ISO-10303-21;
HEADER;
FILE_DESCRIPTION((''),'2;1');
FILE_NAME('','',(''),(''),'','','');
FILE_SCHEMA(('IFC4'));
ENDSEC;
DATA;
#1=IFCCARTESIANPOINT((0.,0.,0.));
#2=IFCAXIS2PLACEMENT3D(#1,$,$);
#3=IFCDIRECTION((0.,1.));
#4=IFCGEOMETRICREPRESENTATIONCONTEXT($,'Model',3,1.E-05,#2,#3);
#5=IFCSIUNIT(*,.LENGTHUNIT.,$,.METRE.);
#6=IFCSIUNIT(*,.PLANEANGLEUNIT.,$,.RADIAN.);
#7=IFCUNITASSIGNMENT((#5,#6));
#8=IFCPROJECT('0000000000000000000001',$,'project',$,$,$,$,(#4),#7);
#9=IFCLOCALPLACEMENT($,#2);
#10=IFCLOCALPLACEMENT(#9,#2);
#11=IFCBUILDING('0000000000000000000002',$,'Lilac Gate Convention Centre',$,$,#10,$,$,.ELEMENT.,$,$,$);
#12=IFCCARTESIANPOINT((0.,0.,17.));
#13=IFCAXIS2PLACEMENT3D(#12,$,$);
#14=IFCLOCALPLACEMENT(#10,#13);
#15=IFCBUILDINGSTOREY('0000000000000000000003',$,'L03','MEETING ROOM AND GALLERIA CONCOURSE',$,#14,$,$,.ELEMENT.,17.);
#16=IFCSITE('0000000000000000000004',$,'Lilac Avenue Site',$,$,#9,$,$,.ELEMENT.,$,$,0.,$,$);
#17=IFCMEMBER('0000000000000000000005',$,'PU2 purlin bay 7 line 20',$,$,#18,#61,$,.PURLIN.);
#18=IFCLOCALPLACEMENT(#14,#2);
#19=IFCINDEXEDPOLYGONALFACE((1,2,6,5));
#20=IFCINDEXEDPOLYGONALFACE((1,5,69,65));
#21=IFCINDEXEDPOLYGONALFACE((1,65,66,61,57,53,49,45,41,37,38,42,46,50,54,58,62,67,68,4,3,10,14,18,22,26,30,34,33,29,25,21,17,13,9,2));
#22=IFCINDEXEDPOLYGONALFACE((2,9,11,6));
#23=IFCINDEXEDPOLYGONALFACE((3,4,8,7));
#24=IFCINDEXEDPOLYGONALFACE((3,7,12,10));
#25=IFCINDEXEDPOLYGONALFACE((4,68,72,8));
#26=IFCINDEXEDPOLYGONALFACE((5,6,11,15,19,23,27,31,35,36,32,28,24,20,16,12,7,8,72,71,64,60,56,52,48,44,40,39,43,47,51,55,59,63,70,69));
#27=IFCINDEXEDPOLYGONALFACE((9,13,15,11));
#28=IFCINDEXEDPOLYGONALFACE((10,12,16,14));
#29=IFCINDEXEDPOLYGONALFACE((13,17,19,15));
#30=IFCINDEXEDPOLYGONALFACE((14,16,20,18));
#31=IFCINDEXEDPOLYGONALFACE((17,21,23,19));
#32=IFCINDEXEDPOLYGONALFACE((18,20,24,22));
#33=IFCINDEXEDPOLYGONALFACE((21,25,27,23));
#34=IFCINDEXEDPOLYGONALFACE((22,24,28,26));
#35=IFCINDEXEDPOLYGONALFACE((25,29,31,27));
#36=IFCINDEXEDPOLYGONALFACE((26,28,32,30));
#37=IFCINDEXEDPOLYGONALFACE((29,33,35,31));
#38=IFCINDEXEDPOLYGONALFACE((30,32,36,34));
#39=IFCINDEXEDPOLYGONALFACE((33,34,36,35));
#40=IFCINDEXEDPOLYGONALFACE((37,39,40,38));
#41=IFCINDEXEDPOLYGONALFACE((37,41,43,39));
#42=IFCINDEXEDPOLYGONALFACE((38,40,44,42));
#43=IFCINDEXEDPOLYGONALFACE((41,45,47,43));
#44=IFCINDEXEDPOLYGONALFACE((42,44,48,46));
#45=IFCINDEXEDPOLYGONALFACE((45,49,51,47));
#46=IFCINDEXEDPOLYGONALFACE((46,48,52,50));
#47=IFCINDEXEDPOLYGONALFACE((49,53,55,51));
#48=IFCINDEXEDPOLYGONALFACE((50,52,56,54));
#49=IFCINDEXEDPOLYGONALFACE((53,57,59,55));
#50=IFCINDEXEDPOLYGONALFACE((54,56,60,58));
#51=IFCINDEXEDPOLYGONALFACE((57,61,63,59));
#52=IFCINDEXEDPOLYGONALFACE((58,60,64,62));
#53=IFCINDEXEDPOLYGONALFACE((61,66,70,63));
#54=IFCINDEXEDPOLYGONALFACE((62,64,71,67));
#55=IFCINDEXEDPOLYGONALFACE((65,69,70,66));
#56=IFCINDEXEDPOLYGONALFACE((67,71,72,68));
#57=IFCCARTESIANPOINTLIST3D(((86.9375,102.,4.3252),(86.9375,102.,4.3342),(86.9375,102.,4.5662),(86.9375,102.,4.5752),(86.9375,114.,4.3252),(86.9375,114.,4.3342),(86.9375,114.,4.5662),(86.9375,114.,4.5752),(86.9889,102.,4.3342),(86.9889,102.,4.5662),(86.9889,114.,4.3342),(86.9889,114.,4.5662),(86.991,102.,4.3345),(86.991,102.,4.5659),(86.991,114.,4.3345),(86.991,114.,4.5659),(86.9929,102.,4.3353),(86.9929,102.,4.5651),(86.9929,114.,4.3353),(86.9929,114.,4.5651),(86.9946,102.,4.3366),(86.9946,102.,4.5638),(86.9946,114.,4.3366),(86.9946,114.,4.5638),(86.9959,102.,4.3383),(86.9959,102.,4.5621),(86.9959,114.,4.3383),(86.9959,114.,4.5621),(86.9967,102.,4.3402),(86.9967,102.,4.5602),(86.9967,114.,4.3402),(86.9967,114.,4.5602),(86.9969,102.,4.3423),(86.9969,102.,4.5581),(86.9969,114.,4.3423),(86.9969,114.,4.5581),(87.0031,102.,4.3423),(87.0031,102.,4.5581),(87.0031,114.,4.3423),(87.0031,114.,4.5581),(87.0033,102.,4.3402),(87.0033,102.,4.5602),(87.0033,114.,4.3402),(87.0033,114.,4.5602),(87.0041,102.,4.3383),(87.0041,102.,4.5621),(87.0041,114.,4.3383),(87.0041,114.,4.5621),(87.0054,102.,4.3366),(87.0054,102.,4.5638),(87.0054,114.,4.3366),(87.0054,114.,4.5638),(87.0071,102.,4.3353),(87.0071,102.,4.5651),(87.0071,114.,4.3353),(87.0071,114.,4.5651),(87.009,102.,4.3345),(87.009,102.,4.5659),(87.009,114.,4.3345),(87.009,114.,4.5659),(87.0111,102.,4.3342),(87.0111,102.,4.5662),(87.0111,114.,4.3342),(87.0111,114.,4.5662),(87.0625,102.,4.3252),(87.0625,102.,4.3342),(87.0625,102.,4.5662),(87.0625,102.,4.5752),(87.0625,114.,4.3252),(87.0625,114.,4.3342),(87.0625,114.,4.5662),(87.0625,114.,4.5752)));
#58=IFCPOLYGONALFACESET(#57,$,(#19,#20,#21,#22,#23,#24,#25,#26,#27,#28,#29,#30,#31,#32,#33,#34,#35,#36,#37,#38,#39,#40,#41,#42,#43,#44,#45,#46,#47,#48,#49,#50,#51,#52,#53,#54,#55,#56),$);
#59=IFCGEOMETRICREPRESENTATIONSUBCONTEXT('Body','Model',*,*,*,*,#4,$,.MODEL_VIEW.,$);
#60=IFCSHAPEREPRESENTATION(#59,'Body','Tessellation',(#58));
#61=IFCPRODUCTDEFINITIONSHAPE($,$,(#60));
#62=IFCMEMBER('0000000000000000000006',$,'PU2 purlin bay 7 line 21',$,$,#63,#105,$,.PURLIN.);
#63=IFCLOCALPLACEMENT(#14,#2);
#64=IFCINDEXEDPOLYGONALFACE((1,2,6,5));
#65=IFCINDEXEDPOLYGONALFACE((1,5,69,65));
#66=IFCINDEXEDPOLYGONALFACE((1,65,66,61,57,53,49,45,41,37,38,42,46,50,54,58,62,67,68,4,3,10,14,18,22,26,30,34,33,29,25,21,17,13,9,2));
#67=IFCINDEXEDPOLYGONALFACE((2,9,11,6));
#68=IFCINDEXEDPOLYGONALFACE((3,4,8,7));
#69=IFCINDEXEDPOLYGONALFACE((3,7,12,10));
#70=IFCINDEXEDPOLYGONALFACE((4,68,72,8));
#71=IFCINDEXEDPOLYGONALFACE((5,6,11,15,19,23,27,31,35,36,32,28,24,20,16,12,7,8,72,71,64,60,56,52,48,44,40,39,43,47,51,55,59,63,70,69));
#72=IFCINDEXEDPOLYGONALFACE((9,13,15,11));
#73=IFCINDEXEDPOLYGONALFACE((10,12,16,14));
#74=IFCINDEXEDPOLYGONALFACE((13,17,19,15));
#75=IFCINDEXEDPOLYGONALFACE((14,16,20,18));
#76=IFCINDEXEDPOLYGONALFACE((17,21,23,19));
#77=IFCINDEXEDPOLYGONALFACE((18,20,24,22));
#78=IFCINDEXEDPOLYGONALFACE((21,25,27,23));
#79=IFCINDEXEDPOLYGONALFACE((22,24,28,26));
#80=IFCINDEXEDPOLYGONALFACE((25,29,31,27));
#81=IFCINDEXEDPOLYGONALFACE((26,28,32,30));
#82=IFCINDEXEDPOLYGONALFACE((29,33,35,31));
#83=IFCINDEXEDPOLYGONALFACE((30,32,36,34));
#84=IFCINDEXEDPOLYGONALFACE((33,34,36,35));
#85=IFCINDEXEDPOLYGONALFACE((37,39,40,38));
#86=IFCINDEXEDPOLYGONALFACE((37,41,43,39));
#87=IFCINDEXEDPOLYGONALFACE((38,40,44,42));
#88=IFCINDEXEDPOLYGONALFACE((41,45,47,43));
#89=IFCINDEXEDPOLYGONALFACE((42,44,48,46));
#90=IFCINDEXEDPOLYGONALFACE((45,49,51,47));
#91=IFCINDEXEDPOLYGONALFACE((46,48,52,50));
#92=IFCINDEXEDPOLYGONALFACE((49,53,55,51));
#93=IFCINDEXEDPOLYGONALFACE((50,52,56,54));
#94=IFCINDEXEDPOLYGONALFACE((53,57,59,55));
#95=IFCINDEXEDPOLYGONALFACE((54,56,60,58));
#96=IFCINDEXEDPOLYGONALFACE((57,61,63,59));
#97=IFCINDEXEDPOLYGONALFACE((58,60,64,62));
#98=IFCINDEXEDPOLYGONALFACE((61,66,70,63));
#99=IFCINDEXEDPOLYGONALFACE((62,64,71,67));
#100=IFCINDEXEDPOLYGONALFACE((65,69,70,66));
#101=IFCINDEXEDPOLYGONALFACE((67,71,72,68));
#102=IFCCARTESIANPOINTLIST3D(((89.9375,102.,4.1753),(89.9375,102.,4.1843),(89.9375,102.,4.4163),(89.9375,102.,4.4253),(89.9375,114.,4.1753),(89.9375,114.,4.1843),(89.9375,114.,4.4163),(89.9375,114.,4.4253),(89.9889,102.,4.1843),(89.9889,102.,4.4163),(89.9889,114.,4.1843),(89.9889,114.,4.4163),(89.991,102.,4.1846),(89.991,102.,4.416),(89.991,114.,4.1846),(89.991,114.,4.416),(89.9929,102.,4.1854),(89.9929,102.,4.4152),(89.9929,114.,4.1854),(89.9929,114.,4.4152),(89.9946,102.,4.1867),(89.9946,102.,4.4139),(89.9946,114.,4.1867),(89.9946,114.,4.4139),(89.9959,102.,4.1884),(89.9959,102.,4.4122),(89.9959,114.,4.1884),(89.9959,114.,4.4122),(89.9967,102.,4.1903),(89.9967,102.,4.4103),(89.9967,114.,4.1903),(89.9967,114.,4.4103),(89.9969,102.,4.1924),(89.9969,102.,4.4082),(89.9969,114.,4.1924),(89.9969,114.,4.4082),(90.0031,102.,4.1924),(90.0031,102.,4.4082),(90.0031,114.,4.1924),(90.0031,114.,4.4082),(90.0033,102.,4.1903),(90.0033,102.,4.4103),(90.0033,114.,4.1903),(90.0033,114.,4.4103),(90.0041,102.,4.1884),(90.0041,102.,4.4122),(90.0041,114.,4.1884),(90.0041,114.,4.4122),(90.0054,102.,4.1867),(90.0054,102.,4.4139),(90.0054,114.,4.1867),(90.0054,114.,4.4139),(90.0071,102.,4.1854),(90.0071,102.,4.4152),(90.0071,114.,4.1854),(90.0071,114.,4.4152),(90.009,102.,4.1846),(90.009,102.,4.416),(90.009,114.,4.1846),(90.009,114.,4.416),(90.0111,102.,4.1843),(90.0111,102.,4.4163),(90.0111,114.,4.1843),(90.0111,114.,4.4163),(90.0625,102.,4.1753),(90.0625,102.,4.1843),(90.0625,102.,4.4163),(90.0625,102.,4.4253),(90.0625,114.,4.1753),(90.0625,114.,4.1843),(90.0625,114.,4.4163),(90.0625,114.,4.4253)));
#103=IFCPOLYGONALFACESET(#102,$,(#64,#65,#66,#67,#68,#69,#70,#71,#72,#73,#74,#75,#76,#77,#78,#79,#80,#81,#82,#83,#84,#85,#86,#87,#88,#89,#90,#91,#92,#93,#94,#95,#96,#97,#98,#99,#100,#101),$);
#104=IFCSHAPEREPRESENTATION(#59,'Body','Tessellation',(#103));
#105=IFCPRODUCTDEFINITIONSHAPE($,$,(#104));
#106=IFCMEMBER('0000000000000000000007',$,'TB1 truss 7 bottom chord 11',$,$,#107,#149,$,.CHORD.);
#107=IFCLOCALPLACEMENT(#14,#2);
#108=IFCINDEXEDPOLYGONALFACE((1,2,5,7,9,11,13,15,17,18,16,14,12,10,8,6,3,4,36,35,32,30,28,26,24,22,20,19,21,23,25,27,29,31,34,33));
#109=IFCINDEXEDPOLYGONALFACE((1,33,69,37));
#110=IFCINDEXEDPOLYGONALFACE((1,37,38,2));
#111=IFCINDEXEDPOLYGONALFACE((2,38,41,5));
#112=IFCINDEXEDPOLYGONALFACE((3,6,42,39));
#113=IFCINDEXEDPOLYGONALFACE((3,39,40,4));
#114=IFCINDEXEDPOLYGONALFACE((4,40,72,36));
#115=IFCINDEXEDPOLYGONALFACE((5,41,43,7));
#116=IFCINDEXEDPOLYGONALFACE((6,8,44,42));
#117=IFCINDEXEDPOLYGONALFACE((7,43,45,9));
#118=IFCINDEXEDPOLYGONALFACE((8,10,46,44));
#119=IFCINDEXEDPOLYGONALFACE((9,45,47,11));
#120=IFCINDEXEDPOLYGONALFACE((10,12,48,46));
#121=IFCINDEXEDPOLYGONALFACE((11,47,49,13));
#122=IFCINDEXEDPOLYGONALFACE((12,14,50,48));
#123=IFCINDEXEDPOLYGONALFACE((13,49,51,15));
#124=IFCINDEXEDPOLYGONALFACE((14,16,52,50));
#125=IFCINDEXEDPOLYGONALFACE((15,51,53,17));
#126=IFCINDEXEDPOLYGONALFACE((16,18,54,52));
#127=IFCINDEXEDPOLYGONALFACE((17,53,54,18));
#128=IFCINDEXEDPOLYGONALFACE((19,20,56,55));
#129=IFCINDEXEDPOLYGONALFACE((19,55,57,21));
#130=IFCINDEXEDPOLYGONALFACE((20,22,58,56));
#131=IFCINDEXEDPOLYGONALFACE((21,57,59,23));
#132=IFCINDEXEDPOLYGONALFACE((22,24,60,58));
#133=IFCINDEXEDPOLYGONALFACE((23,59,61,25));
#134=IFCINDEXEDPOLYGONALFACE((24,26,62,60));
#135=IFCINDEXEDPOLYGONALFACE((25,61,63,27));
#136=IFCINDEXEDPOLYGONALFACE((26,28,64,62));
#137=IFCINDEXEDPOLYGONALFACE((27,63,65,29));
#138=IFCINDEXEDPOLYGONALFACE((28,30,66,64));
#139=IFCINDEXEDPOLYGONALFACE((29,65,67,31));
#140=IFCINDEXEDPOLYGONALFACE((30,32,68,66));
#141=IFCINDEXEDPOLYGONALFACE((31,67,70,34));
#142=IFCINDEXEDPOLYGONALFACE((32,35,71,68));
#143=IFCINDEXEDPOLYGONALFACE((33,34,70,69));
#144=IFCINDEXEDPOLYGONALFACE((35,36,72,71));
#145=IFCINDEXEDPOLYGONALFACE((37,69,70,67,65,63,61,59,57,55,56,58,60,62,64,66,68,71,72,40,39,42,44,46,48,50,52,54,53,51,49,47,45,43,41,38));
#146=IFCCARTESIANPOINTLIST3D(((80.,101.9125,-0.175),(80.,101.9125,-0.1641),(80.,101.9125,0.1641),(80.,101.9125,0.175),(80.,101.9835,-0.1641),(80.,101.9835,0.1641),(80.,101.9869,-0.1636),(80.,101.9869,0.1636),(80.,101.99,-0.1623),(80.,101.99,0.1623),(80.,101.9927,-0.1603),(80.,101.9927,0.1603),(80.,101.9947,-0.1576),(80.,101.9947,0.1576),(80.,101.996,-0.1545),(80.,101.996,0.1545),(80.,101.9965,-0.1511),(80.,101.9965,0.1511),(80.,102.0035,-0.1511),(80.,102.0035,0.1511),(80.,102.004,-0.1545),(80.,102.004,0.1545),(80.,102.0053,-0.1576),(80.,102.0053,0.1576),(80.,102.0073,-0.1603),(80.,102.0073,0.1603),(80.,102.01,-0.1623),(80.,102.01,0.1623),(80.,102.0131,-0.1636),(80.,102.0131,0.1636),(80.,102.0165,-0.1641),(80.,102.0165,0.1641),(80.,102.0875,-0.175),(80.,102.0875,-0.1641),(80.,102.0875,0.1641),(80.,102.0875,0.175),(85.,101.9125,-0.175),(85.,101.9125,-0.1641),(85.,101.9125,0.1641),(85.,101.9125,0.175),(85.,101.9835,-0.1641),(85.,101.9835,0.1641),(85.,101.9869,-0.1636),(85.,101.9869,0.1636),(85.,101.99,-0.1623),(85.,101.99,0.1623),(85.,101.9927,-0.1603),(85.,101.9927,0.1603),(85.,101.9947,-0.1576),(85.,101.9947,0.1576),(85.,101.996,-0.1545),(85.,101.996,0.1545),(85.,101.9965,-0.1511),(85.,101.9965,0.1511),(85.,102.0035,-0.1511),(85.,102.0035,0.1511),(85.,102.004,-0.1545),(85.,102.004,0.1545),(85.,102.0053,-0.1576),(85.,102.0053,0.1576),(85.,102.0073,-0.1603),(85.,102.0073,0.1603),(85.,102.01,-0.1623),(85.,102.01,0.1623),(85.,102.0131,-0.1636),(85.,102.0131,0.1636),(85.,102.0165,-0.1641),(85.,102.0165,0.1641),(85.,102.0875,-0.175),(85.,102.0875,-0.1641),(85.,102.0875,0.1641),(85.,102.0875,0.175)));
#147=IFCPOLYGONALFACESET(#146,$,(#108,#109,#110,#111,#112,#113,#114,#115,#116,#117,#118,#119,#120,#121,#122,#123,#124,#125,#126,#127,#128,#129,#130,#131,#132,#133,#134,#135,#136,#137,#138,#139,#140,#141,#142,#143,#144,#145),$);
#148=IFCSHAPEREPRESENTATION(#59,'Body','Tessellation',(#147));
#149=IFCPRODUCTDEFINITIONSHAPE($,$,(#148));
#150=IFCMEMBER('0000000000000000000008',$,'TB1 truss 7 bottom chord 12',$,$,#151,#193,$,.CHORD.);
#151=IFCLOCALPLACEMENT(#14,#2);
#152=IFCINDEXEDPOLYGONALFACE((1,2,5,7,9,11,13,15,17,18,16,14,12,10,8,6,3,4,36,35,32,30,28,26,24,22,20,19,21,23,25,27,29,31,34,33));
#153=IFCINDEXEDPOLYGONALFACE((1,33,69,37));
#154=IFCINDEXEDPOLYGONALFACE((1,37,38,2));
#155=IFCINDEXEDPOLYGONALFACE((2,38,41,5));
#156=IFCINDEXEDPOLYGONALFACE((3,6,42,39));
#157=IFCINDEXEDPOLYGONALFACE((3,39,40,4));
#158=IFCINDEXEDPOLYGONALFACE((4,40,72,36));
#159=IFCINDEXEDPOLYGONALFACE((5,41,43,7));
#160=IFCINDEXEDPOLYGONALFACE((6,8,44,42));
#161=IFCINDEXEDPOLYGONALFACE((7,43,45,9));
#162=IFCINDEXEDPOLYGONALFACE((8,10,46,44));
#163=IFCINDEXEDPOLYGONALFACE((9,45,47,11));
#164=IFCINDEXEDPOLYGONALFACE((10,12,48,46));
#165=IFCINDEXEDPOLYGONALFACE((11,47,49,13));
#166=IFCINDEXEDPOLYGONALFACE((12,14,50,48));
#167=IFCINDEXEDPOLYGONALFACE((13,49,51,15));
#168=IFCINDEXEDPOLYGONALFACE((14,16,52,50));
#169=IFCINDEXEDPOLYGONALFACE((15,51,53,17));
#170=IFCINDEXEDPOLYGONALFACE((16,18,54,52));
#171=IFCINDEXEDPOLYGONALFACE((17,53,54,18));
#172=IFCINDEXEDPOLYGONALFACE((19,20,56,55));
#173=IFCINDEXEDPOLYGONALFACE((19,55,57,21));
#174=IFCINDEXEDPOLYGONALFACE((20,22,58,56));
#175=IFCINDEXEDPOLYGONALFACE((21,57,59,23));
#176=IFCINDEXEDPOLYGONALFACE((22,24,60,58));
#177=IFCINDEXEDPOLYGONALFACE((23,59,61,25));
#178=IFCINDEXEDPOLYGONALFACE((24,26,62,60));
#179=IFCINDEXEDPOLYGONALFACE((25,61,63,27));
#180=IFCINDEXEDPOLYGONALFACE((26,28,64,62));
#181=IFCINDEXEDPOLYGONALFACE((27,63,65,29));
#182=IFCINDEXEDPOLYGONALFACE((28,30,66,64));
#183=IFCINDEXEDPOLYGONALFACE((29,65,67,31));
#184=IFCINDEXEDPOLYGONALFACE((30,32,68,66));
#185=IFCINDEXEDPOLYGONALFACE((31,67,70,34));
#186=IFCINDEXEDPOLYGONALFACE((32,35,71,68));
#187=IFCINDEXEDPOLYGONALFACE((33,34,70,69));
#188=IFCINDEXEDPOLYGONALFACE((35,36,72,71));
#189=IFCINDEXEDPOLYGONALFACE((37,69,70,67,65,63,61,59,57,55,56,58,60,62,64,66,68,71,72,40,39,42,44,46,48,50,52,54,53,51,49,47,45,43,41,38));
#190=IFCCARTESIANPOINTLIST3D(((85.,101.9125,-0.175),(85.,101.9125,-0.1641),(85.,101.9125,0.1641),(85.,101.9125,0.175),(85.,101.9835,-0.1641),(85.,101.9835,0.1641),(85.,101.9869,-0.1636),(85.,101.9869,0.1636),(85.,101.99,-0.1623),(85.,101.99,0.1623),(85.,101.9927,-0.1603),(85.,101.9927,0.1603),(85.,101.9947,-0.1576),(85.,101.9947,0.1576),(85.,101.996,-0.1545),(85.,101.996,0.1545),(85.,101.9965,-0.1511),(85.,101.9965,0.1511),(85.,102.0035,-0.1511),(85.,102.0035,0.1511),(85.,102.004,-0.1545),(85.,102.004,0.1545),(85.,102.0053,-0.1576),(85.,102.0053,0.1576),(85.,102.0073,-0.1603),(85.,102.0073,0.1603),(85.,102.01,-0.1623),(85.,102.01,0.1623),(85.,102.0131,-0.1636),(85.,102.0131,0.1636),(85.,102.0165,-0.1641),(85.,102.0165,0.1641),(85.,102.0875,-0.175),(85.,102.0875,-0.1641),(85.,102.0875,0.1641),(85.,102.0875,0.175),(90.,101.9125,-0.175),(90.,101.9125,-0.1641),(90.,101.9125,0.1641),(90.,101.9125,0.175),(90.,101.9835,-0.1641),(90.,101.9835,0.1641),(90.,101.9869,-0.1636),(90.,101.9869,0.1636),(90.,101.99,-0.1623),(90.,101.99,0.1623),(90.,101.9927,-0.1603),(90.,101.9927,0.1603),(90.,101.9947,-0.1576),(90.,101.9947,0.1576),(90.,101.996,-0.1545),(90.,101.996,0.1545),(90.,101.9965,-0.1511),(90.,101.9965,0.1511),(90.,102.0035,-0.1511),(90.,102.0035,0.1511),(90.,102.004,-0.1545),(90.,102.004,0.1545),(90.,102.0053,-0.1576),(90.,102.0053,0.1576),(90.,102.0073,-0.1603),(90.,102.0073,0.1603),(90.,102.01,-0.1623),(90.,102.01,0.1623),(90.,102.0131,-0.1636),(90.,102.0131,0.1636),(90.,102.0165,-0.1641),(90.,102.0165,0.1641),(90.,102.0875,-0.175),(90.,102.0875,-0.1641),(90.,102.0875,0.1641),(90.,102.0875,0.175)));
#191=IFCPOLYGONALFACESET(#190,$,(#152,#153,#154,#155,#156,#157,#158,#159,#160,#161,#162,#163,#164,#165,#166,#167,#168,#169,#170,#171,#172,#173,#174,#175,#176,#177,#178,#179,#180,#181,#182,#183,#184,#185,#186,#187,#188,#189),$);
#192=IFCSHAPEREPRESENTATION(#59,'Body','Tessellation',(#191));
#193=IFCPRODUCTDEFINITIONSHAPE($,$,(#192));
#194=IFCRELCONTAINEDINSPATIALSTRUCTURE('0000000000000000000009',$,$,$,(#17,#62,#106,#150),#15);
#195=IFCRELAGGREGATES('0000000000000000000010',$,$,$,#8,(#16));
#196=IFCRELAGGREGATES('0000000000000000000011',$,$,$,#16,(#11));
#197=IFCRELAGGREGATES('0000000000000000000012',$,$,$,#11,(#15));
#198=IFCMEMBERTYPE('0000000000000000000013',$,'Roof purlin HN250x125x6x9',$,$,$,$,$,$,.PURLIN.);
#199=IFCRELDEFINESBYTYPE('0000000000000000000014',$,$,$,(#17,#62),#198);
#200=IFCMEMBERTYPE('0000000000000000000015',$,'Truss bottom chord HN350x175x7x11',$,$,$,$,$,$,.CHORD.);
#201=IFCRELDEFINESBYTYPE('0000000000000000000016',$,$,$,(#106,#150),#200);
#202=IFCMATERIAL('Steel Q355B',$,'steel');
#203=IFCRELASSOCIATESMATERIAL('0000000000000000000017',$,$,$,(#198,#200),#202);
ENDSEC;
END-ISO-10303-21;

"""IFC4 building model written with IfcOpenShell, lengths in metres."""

from ifc_helpers import new_model, si_unit, direction, frame, origin, origin_2d, place, context, subcontext, project, spatial, i_section, extrude, material, material_profile, profile_set, type_object, element, save


model = new_model("IFC4")

# Units and contexts
model_context = context("Model", 3, precision=1e-05, world=origin(), true_north=direction((0.0, 1.0)))
body_context = subcontext(model_context, "Body", "Model", "MODEL_VIEW")
ifc_project = project(units=[si_unit("LENGTHUNIT", "METRE"), si_unit("PLANEANGLEUNIT", "RADIAN")], contexts=[model_context])

# Site, building, storey
site_placement = place(None, origin())
site = spatial("IfcSite", under=ifc_project, at=site_placement, Name="Lilac Avenue Site", CompositionType="ELEMENT", RefElevation=0.0)
building_placement = place(site_placement, origin())
building = spatial("IfcBuilding", under=site, at=building_placement, Name="Lilac Gate Convention Centre", CompositionType="ELEMENT")
storey_placement = place(building_placement, frame((0.0, 0.0, 17.0)))
storey = spatial("IfcBuildingStorey", under=building, at=storey_placement, Name="L03", Description="MEETING ROOM AND GALLERIA CONCOURSE", CompositionType="ELEMENT", Elevation=17.0)

# Members
ifc_material_1 = material(Name="Steel Q355B", Category="steel")
ifc_material_profile_1 = material_profile(ifc_material_1, i_section(OverallWidth=0.125, OverallDepth=0.25, WebThickness=0.0061, FlangeThickness=0.009, FilletRadius=0.0081, at=origin_2d()), Name="HN250x125x6x9")
ifc_profile_set_1 = profile_set([ifc_material_profile_1], Name="Steel Q355B")
member_type_1 = type_object("IfcMemberType", Name="Roof purlin HN250x125x6x9", PredefinedType="PURLIN", material=ifc_profile_set_1)
for number, where, z_axis, x_axis, name in (
    (1, (87.0, 102.0, 4.4502), (0.0, 1.0, 0.0), (-1.0, 0.0, 0.0), "PU2 purlin bay 7 line 20"),
    (2, (90.0, 102.0, 4.3003), (0.0, 1.0, 0.0), (-1.0, 0.0, 0.0), "PU2 purlin bay 7 line 21"),
):
    element("IfcMember", number, at=place(storey_placement, frame(where, z_axis=z_axis, x_axis=x_axis)), inside=storey, type_object=member_type_1, Name=name, PredefinedType="PURLIN", context=body_context, shape_type="SweptSolid", body=[
        extrude(i_section(OverallWidth=0.125, OverallDepth=0.25, WebThickness=0.0061, FlangeThickness=0.009, FilletRadius=0.0081, at=origin_2d()), origin(), (0.0, 0.0, 1.0), 12.0),
    ])
ifc_material_profile_2 = material_profile(ifc_material_1, i_section(OverallWidth=0.175, OverallDepth=0.3501, WebThickness=0.0071, FlangeThickness=0.011, FilletRadius=0.0129, at=origin_2d()), Name="HN350x175x7x11")
ifc_profile_set_2 = profile_set([ifc_material_profile_2], Name="Steel Q355B")
member_type_2 = type_object("IfcMemberType", Name="Truss bottom chord HN350x175x7x11", PredefinedType="CHORD", material=ifc_profile_set_2)
for number, where, z_axis, x_axis, name in (
    (3, (80.0, 102.0, 0.0), (1.0, 0.0, 0.0), (0.0, 1.0, 0.0), "TB1 truss 7 bottom chord 11"),
    (4, (85.0, 102.0, 0.0), (1.0, 0.0, 0.0), (0.0, 1.0, 0.0), "TB1 truss 7 bottom chord 12"),
):
    element("IfcMember", number, at=place(storey_placement, frame(where, z_axis=z_axis, x_axis=x_axis)), inside=storey, type_object=member_type_2, Name=name, PredefinedType="CHORD", context=body_context, shape_type="SweptSolid", body=[
        extrude(i_section(OverallWidth=0.175, OverallDepth=0.3501, WebThickness=0.0071, FlangeThickness=0.011, FilletRadius=0.0129, at=origin_2d()), origin(), (0.0, 0.0, 1.0), 5.0),
    ])

save(model, "model.ifc")
